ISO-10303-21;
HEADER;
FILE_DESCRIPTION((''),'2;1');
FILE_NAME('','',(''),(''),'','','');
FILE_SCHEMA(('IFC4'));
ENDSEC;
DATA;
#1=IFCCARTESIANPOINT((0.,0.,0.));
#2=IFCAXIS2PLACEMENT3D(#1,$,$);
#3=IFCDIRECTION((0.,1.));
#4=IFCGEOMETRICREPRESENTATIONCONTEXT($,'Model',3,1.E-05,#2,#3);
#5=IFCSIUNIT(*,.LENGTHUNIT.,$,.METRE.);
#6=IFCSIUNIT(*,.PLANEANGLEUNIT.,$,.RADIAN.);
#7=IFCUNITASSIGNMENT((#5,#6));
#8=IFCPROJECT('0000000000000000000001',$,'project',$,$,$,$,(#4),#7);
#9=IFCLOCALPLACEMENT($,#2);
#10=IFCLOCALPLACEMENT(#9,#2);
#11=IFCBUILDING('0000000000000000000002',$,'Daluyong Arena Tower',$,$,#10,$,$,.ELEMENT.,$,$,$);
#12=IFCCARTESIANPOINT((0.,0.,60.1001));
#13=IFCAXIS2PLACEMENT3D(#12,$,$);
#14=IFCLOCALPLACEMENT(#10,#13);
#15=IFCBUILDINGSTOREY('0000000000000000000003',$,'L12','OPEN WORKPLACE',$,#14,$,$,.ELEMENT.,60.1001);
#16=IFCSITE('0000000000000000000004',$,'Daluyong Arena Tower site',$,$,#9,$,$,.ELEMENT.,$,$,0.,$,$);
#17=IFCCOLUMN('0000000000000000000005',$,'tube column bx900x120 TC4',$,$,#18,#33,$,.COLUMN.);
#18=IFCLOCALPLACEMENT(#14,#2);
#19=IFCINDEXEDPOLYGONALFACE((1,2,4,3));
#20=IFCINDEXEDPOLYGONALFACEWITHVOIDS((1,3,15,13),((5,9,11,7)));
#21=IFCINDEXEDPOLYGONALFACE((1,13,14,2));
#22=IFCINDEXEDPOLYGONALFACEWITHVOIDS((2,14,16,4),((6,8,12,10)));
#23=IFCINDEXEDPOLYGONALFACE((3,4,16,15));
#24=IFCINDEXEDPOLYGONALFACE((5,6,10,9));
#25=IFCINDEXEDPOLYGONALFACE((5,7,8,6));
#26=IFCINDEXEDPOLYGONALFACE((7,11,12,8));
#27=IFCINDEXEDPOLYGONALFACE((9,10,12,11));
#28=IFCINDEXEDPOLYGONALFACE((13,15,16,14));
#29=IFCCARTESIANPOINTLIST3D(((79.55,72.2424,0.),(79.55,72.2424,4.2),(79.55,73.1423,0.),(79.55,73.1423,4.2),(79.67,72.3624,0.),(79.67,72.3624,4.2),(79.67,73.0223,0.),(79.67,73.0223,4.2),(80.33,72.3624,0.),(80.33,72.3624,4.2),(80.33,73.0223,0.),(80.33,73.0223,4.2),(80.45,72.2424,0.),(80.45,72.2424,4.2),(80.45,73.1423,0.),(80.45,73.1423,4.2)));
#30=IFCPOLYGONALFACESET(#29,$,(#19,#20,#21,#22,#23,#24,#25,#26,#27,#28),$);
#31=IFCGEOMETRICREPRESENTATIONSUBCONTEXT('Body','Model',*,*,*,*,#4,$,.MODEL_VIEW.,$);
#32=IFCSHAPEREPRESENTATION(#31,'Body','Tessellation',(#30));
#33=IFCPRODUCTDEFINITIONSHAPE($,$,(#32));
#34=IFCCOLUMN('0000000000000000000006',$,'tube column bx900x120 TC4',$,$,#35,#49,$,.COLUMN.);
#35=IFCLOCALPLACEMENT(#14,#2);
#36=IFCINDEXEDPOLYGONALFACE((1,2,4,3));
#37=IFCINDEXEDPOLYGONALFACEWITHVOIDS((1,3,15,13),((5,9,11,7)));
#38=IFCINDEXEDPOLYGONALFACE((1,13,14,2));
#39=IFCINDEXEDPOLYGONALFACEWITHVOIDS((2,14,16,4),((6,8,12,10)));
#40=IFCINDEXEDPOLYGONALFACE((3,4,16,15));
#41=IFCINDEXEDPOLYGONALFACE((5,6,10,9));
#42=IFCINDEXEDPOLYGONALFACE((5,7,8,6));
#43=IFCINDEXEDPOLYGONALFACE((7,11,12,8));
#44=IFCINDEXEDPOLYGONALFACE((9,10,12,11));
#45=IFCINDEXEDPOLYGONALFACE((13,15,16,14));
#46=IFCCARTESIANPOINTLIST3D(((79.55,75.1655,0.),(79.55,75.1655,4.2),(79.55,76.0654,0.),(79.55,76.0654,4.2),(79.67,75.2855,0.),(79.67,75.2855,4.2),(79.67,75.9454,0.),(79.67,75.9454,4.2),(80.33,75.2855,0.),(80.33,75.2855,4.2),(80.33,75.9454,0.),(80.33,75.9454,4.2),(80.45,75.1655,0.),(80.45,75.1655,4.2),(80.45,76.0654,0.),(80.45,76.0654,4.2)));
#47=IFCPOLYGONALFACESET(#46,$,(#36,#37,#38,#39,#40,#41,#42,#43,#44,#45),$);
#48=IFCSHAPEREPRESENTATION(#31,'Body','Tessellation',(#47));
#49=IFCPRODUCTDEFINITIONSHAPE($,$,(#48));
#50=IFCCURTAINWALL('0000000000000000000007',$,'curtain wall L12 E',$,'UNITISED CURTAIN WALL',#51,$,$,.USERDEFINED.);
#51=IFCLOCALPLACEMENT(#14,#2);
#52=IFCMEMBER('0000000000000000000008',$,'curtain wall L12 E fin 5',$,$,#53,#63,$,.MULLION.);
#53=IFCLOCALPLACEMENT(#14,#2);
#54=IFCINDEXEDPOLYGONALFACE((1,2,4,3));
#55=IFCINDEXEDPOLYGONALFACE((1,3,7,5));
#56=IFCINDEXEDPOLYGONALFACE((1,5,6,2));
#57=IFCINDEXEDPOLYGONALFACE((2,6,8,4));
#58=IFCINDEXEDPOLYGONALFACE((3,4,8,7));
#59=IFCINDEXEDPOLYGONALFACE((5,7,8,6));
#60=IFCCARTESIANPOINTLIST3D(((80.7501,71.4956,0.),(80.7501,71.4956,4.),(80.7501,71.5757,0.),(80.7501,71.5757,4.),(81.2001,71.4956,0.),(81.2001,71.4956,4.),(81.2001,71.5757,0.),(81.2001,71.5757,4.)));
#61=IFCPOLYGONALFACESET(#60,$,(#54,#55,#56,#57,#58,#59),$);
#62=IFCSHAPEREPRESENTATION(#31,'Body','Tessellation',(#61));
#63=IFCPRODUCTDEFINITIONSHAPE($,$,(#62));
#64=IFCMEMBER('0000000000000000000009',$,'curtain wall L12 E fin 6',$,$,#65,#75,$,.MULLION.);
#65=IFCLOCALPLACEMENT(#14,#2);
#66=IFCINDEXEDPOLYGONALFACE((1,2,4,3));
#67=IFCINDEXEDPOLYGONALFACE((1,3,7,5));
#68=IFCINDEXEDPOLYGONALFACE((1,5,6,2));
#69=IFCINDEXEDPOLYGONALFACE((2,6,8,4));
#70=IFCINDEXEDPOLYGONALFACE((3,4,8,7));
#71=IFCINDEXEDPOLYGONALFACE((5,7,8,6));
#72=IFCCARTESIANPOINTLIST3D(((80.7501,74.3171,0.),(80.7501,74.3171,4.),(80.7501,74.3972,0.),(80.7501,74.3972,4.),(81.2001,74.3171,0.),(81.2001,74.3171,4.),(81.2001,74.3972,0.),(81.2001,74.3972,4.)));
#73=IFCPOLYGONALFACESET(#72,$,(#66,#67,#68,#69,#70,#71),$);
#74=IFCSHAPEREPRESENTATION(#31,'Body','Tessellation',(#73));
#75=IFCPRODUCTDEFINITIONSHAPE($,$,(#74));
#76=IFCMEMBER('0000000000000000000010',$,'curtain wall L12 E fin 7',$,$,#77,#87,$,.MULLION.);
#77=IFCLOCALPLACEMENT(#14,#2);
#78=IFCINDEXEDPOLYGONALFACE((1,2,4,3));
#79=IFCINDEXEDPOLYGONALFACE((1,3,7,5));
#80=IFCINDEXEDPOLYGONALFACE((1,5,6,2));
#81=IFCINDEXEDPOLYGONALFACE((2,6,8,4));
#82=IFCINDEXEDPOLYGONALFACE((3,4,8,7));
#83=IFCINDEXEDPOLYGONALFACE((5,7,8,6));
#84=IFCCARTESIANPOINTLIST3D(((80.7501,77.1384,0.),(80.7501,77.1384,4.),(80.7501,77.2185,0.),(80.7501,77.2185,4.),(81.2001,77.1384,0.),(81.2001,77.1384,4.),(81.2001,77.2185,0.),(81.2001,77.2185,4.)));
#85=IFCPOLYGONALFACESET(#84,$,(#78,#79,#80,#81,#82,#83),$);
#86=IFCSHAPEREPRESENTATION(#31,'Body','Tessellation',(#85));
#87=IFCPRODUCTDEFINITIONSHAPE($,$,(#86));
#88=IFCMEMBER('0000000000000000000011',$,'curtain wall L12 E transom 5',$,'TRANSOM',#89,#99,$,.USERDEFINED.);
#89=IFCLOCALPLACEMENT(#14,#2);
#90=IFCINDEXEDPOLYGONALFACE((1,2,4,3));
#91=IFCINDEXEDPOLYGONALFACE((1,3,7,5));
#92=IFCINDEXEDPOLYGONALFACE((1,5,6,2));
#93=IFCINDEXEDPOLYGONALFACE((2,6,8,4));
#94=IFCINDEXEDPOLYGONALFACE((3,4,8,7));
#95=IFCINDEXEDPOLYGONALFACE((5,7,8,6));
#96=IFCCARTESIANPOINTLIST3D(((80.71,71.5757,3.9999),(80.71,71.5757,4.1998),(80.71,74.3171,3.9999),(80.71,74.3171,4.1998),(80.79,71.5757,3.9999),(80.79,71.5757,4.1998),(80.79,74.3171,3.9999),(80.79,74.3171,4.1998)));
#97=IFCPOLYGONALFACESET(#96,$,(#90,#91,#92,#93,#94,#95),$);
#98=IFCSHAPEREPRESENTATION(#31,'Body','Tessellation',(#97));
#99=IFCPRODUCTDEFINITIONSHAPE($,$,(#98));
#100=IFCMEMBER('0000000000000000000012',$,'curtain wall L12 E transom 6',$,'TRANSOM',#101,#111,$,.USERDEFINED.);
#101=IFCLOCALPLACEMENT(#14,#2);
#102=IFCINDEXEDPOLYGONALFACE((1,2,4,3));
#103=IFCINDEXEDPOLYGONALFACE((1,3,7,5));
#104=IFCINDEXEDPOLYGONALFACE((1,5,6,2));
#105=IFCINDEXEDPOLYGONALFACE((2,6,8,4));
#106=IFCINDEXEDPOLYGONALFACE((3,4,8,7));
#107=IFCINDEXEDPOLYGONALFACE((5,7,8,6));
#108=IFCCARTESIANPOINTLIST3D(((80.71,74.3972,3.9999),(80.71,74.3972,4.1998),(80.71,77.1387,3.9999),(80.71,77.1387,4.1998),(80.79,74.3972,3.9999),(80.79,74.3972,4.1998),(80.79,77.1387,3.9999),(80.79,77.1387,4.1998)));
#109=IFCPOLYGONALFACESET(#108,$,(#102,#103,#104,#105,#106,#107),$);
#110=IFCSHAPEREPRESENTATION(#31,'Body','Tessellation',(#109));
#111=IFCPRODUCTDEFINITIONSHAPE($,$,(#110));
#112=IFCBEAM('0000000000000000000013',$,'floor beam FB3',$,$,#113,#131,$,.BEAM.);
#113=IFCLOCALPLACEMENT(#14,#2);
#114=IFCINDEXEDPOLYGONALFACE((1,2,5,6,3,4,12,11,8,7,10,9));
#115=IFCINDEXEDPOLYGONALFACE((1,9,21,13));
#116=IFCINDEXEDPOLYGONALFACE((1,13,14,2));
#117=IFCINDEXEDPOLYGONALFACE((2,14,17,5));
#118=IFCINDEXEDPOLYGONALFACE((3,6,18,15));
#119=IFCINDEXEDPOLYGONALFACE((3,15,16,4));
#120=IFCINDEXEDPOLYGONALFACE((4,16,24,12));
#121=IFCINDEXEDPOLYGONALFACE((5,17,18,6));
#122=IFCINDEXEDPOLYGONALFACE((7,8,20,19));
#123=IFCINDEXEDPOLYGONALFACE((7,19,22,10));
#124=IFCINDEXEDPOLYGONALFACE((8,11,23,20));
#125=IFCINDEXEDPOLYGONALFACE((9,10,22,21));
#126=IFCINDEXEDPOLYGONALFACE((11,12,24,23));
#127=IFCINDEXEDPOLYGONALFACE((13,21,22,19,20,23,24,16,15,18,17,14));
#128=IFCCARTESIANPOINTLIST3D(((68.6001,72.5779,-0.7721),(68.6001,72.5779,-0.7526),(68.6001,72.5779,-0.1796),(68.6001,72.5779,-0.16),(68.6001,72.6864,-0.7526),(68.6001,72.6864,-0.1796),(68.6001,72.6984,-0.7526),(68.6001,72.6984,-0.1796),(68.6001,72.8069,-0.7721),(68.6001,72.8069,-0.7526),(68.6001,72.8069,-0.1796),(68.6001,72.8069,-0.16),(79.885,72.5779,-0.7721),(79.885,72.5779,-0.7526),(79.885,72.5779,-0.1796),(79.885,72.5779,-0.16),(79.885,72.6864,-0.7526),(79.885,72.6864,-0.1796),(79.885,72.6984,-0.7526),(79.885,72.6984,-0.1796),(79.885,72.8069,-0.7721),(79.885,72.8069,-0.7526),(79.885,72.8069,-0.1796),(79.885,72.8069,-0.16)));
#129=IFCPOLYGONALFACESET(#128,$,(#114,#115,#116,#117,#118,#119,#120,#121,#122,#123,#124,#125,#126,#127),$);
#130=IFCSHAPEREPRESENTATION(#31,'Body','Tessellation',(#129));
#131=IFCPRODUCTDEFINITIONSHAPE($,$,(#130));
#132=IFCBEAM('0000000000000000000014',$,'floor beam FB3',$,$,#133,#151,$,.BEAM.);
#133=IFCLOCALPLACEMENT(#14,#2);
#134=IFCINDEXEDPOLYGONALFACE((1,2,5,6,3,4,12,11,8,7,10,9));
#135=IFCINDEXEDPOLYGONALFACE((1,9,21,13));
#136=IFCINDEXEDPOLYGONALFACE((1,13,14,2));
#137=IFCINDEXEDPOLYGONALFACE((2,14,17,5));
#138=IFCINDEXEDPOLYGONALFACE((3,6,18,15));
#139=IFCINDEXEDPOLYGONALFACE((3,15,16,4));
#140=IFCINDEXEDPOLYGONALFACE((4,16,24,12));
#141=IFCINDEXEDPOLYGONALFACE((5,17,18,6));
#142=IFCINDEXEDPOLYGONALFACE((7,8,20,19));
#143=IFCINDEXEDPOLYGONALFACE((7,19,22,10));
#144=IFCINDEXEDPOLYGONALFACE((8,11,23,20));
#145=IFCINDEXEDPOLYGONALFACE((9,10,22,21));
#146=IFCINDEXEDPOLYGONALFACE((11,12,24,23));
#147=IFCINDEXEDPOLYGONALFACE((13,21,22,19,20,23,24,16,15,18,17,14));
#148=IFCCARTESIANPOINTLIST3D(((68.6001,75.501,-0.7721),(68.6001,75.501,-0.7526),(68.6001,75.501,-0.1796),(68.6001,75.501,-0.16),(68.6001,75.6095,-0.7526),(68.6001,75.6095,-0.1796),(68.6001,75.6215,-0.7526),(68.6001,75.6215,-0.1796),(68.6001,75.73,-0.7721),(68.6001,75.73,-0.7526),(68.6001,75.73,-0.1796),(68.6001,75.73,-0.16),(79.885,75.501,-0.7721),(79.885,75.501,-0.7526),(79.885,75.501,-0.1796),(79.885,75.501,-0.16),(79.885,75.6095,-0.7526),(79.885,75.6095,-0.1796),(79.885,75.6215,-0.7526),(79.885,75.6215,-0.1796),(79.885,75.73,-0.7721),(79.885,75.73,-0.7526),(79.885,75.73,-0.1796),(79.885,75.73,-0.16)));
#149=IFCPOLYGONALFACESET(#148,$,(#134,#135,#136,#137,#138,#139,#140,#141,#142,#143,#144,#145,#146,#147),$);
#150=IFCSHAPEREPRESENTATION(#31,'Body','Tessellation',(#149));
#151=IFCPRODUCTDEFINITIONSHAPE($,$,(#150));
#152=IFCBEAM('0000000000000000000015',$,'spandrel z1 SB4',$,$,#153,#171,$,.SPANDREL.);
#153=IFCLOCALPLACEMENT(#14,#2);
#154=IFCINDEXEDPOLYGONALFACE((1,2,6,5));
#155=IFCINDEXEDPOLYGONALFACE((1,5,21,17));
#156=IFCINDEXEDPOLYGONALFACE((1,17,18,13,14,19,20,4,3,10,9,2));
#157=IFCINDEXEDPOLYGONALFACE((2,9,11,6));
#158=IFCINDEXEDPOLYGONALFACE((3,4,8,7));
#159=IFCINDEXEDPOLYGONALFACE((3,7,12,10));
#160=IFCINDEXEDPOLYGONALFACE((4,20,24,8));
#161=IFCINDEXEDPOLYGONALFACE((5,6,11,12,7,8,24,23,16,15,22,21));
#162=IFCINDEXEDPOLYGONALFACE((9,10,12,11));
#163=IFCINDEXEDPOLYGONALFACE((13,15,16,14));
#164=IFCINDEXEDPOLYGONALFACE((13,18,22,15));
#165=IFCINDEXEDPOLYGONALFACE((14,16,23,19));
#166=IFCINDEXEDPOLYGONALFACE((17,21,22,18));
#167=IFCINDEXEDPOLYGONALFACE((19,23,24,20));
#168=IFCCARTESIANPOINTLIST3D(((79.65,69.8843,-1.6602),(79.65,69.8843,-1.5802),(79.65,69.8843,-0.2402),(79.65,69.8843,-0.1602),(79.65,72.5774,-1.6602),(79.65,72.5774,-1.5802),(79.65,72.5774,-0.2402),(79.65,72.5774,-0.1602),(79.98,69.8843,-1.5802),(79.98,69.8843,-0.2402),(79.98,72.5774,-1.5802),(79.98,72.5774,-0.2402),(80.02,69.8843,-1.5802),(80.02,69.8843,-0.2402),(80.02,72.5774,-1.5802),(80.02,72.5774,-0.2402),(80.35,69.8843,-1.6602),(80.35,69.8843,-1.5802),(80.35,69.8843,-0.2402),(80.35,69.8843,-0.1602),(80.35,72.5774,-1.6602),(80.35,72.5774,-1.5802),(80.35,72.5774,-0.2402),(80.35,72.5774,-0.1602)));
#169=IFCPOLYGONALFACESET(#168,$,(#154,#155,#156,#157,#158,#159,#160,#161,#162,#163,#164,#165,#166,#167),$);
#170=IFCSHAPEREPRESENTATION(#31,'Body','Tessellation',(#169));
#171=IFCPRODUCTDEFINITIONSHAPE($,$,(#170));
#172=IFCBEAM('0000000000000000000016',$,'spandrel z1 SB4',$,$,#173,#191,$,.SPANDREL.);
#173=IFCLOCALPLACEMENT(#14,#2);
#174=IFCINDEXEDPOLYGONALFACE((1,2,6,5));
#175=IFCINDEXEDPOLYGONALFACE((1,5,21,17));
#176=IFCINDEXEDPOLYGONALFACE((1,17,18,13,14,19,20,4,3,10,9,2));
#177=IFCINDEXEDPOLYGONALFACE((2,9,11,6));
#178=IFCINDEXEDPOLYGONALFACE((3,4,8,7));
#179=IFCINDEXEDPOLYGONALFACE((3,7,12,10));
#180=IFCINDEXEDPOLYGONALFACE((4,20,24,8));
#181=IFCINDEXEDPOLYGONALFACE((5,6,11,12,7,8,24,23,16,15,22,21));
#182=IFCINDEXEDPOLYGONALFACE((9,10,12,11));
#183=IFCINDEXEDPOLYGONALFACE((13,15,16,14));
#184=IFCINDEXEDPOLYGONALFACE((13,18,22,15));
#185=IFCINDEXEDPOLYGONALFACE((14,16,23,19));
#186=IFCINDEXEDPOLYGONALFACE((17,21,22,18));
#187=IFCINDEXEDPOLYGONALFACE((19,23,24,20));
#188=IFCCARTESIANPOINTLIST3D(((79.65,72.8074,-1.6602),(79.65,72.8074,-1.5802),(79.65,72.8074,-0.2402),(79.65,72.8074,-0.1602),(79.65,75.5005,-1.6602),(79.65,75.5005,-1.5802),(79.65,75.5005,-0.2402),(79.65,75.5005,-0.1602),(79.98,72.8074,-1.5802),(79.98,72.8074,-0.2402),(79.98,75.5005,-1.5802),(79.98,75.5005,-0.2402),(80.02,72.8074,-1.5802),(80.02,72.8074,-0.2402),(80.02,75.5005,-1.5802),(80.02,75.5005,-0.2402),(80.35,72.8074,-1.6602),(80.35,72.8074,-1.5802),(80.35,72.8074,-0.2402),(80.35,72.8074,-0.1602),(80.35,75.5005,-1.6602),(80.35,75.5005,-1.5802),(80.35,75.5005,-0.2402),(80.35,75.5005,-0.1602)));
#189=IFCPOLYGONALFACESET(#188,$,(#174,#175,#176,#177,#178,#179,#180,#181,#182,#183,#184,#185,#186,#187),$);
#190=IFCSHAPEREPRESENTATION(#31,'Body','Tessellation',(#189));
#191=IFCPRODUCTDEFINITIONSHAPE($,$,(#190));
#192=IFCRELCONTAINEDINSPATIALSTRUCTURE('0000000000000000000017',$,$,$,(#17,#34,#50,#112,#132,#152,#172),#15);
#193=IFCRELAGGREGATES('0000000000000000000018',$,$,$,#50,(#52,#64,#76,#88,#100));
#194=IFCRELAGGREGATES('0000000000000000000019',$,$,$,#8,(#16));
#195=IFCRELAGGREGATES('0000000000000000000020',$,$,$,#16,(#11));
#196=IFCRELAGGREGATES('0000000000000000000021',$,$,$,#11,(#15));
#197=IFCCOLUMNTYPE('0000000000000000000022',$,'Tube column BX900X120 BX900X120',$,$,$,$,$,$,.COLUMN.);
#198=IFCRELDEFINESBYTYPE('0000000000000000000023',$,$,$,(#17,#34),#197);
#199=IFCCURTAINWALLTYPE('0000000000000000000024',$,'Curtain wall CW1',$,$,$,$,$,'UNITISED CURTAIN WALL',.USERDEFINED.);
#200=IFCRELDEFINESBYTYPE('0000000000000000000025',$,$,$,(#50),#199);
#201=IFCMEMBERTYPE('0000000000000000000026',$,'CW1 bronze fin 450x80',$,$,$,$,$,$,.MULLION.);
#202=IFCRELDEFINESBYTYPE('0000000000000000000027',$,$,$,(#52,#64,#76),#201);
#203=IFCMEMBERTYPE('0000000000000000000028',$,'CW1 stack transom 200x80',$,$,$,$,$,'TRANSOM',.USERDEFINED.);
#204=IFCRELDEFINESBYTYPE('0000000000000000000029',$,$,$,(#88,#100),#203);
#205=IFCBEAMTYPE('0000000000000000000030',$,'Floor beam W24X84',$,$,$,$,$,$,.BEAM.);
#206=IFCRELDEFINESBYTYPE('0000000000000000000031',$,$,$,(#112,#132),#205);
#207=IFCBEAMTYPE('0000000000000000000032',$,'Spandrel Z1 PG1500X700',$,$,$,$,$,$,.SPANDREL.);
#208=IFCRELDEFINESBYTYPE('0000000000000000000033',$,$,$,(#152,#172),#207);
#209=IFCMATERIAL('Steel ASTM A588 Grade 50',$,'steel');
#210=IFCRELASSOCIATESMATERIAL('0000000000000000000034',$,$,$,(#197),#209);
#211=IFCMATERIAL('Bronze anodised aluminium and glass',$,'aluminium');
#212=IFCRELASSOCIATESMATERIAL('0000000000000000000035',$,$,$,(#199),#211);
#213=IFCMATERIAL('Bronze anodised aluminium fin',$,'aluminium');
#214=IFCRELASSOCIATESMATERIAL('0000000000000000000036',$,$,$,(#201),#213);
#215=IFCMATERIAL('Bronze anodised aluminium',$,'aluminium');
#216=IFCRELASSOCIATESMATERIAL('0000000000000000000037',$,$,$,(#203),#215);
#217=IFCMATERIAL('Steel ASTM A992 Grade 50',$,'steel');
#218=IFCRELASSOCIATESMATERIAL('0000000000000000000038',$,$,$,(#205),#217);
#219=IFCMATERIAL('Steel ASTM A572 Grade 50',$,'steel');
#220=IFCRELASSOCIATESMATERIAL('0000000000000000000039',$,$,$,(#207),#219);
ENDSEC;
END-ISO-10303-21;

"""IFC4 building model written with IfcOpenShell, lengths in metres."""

from ifc_helpers import new_model, si_unit, direction, frame, origin, origin_2d, place, context, subcontext, project, spatial, rectangle, hollow_rectangle, i_section, extrude, material, material_profile, profile_set, type_object, element, aggregate, save


model = new_model("IFC4")

# Units and contexts
model_context = context("Model", 3, precision=1e-05, world=origin(), true_north=direction((0.0, 1.0)))
body_context = subcontext(model_context, "Body", "Model", "MODEL_VIEW")
ifc_project = project(units=[si_unit("LENGTHUNIT", "METRE"), si_unit("PLANEANGLEUNIT", "RADIAN")], contexts=[model_context])

# Site, building, storey
site_placement = place(None, origin())
site = spatial("IfcSite", under=ifc_project, at=site_placement, Name="Daluyong Arena Tower site", CompositionType="ELEMENT", RefElevation=0.0)
building_placement = place(site_placement, origin())
building = spatial("IfcBuilding", under=site, at=building_placement, Name="Daluyong Arena Tower", CompositionType="ELEMENT")
storey_placement = place(building_placement, frame((0.0, 0.0, 60.1001)))
storey = spatial("IfcBuildingStorey", under=building, at=storey_placement, Name="L12", Description="OPEN WORKPLACE", CompositionType="ELEMENT", Elevation=60.1001)

# Columns
ifc_material_1 = material(Name="Steel ASTM A588 Grade 50", Category="steel")
ifc_material_profile_1 = material_profile(ifc_material_1, hollow_rectangle(XDim=0.8999, YDim=0.8999, WallThickness=0.12, at=origin_2d()))
ifc_profile_set_1 = profile_set([ifc_material_profile_1], Name="Steel ASTM A588 Grade 50")
column_type = type_object("IfcColumnType", Name="Tube column BX900X120 BX900X120", PredefinedType="COLUMN", material=ifc_profile_set_1)
for number, where, z_axis, x_axis, name in (
    (1, (80.0, 72.6924, 0.0), (0.0, 0.0, 1.0), (0.0, 1.0, 0.0), "tube column bx900x120 TC4"),
    (2, (80.0, 75.6155, 0.0), (0.0, 0.0, 1.0), (0.0, 1.0, 0.0), "tube column bx900x120 TC4"),
):
    element("IfcColumn", number, at=place(storey_placement, frame(where, z_axis=z_axis, x_axis=x_axis)), inside=storey, type_object=column_type, Name=name, PredefinedType="COLUMN", context=body_context, shape_type="SweptSolid", body=[
        extrude(hollow_rectangle(XDim=0.8999, YDim=0.8999, WallThickness=0.12, at=origin_2d()), origin(), (0.0, 0.0, 1.0), 4.2),
    ])

# Curtain wall, members
ifc_material_2 = material(Name="Bronze anodised aluminium and glass", Category="aluminium")
curtain_wall_type = type_object("IfcCurtainWallType", Name="Curtain wall CW1", ElementType="UNITISED CURTAIN WALL", PredefinedType="USERDEFINED", material=ifc_material_2)
curtain_wall_placement = place(storey_placement, origin())
curtain_wall = element("IfcCurtainWall", 3, at=curtain_wall_placement, inside=storey, type_object=curtain_wall_type, Name="curtain wall L12 E", ObjectType="UNITISED CURTAIN WALL", PredefinedType="USERDEFINED")
ifc_material_3 = material(Name="Bronze anodised aluminium fin", Category="aluminium")
ifc_material_profile_2 = material_profile(ifc_material_3, rectangle(XDim=0.45, YDim=0.0801, at=origin_2d()))
ifc_profile_set_2 = profile_set([ifc_material_profile_2], Name="Bronze anodised aluminium fin")
member_type_1 = type_object("IfcMemberType", Name="CW1 bronze fin 450x80", PredefinedType="MULLION", material=ifc_profile_set_2)
member_1_placement = place(storey_placement, frame((80.9751, 71.5356, 0.0), z_axis=(0.0, 0.0, 1.0), x_axis=(-1.0, 0.0, 0.0)))
member_1 = element("IfcMember", 4, at=member_1_placement, type_object=member_type_1, Name="curtain wall L12 E fin 5", PredefinedType="MULLION", context=body_context, shape_type="SweptSolid", body=[
    extrude(rectangle(XDim=0.45, YDim=0.0801, at=origin_2d()), origin(), (0.0, 0.0, 1.0), 4.0),
])
member_2_placement = place(storey_placement, frame((80.9751, 74.3572, 0.0), z_axis=(0.0, 0.0, 1.0), x_axis=(-1.0, 0.0, 0.0)))
member_2 = element("IfcMember", 5, at=member_2_placement, type_object=member_type_1, Name="curtain wall L12 E fin 6", PredefinedType="MULLION", context=body_context, shape_type="SweptSolid", body=[
    extrude(rectangle(XDim=0.45, YDim=0.0801, at=origin_2d()), origin(), (0.0, 0.0, 1.0), 4.0),
])
member_3_placement = place(storey_placement, frame((80.9751, 77.1785, 0.0), z_axis=(0.0, 0.0, 1.0), x_axis=(-1.0, 0.0, 0.0)))
member_3 = element("IfcMember", 6, at=member_3_placement, type_object=member_type_1, Name="curtain wall L12 E fin 7", PredefinedType="MULLION", context=body_context, shape_type="SweptSolid", body=[
    extrude(rectangle(XDim=0.45, YDim=0.0801, at=origin_2d()), origin(), (0.0, 0.0, 1.0), 4.0),
])
ifc_material_4 = material(Name="Bronze anodised aluminium", Category="aluminium")
ifc_material_profile_3 = material_profile(ifc_material_4, rectangle(XDim=0.0801, YDim=0.2, at=origin_2d()))
ifc_profile_set_3 = profile_set([ifc_material_profile_3], Name="Bronze anodised aluminium")
member_type_2 = type_object("IfcMemberType", Name="CW1 stack transom 200x80", ElementType="TRANSOM", PredefinedType="USERDEFINED", material=ifc_profile_set_3)
member_4_placement = place(storey_placement, frame((80.75, 71.5757, 4.0999), z_axis=(0.0, 1.0, 0.0), x_axis=(-1.0, 0.0, 0.0)))
member_4 = element("IfcMember", 7, at=member_4_placement, type_object=member_type_2, Name="curtain wall L12 E transom 5", ObjectType="TRANSOM", PredefinedType="USERDEFINED", context=body_context, shape_type="SweptSolid", body=[
    extrude(rectangle(XDim=0.0801, YDim=0.2, at=origin_2d()), origin(), (0.0, 0.0, 1.0), 2.7415),
])
member_5_placement = place(storey_placement, frame((80.75, 74.3972, 4.0999), z_axis=(0.0, 1.0, 0.0), x_axis=(-1.0, 0.0, 0.0)))
member_5 = element("IfcMember", 8, at=member_5_placement, type_object=member_type_2, Name="curtain wall L12 E transom 6", ObjectType="TRANSOM", PredefinedType="USERDEFINED", context=body_context, shape_type="SweptSolid", body=[
    extrude(rectangle(XDim=0.0801, YDim=0.2, at=origin_2d()), origin(), (0.0, 0.0, 1.0), 2.7415),
])

# Beams
ifc_material_5 = material(Name="Steel ASTM A992 Grade 50", Category="steel")
ifc_material_profile_4 = material_profile(ifc_material_5, i_section(OverallWidth=0.229, OverallDepth=0.6121, WebThickness=0.012, FlangeThickness=0.0195, at=origin_2d()))
ifc_profile_set_4 = profile_set([ifc_material_profile_4], Name="Steel ASTM A992 Grade 50")
beam_type_1 = type_object("IfcBeamType", Name="Floor beam W24X84", PredefinedType="BEAM", material=ifc_profile_set_4)
for number, where, z_axis, x_axis, name in (
    (9, (79.885, 72.6924, -0.4661), (-1.0, 0.0, 0.0), (0.0, -1.0, 0.0), "floor beam FB3"),
    (10, (79.885, 75.6155, -0.4661), (-1.0, 0.0, 0.0), (0.0, -1.0, 0.0), "floor beam FB3"),
):
    element("IfcBeam", number, at=place(storey_placement, frame(where, z_axis=z_axis, x_axis=x_axis)), inside=storey, type_object=beam_type_1, Name=name, PredefinedType="BEAM", context=body_context, shape_type="SweptSolid", body=[
        extrude(i_section(OverallWidth=0.229, OverallDepth=0.6121, WebThickness=0.012, FlangeThickness=0.0195, at=origin_2d()), origin(), (0.0, 0.0, 1.0), 11.2849),
    ])
ifc_material_6 = material(Name="Steel ASTM A572 Grade 50", Category="steel")
ifc_material_profile_5 = material_profile(ifc_material_6, i_section(OverallWidth=0.7, OverallDepth=1.5, WebThickness=0.04, FlangeThickness=0.08, at=origin_2d()))
ifc_profile_set_5 = profile_set([ifc_material_profile_5], Name="Steel ASTM A572 Grade 50")
beam_type_2 = type_object("IfcBeamType", Name="Spandrel Z1 PG1500X700", PredefinedType="SPANDREL", material=ifc_profile_set_5)
for number, where, z_axis, x_axis, name in (
    (11, (80.0, 69.8843, -0.9102), (0.0, 1.0, 0.0), (-1.0, 0.0, 0.0), "spandrel z1 SB4"),
    (12, (80.0, 72.8074, -0.9102), (0.0, 1.0, 0.0), (-1.0, 0.0, 0.0), "spandrel z1 SB4"),
):
    element("IfcBeam", number, at=place(storey_placement, frame(where, z_axis=z_axis, x_axis=x_axis)), inside=storey, type_object=beam_type_2, Name=name, PredefinedType="SPANDREL", context=body_context, shape_type="SweptSolid", body=[
        extrude(i_section(OverallWidth=0.7, OverallDepth=1.5, WebThickness=0.04, FlangeThickness=0.08, at=origin_2d()), origin(), (0.0, 0.0, 1.0), 2.6931),
    ])

aggregate(curtain_wall, [member_1, member_2, member_3, member_4, member_5])

save(model, "model.ifc")
